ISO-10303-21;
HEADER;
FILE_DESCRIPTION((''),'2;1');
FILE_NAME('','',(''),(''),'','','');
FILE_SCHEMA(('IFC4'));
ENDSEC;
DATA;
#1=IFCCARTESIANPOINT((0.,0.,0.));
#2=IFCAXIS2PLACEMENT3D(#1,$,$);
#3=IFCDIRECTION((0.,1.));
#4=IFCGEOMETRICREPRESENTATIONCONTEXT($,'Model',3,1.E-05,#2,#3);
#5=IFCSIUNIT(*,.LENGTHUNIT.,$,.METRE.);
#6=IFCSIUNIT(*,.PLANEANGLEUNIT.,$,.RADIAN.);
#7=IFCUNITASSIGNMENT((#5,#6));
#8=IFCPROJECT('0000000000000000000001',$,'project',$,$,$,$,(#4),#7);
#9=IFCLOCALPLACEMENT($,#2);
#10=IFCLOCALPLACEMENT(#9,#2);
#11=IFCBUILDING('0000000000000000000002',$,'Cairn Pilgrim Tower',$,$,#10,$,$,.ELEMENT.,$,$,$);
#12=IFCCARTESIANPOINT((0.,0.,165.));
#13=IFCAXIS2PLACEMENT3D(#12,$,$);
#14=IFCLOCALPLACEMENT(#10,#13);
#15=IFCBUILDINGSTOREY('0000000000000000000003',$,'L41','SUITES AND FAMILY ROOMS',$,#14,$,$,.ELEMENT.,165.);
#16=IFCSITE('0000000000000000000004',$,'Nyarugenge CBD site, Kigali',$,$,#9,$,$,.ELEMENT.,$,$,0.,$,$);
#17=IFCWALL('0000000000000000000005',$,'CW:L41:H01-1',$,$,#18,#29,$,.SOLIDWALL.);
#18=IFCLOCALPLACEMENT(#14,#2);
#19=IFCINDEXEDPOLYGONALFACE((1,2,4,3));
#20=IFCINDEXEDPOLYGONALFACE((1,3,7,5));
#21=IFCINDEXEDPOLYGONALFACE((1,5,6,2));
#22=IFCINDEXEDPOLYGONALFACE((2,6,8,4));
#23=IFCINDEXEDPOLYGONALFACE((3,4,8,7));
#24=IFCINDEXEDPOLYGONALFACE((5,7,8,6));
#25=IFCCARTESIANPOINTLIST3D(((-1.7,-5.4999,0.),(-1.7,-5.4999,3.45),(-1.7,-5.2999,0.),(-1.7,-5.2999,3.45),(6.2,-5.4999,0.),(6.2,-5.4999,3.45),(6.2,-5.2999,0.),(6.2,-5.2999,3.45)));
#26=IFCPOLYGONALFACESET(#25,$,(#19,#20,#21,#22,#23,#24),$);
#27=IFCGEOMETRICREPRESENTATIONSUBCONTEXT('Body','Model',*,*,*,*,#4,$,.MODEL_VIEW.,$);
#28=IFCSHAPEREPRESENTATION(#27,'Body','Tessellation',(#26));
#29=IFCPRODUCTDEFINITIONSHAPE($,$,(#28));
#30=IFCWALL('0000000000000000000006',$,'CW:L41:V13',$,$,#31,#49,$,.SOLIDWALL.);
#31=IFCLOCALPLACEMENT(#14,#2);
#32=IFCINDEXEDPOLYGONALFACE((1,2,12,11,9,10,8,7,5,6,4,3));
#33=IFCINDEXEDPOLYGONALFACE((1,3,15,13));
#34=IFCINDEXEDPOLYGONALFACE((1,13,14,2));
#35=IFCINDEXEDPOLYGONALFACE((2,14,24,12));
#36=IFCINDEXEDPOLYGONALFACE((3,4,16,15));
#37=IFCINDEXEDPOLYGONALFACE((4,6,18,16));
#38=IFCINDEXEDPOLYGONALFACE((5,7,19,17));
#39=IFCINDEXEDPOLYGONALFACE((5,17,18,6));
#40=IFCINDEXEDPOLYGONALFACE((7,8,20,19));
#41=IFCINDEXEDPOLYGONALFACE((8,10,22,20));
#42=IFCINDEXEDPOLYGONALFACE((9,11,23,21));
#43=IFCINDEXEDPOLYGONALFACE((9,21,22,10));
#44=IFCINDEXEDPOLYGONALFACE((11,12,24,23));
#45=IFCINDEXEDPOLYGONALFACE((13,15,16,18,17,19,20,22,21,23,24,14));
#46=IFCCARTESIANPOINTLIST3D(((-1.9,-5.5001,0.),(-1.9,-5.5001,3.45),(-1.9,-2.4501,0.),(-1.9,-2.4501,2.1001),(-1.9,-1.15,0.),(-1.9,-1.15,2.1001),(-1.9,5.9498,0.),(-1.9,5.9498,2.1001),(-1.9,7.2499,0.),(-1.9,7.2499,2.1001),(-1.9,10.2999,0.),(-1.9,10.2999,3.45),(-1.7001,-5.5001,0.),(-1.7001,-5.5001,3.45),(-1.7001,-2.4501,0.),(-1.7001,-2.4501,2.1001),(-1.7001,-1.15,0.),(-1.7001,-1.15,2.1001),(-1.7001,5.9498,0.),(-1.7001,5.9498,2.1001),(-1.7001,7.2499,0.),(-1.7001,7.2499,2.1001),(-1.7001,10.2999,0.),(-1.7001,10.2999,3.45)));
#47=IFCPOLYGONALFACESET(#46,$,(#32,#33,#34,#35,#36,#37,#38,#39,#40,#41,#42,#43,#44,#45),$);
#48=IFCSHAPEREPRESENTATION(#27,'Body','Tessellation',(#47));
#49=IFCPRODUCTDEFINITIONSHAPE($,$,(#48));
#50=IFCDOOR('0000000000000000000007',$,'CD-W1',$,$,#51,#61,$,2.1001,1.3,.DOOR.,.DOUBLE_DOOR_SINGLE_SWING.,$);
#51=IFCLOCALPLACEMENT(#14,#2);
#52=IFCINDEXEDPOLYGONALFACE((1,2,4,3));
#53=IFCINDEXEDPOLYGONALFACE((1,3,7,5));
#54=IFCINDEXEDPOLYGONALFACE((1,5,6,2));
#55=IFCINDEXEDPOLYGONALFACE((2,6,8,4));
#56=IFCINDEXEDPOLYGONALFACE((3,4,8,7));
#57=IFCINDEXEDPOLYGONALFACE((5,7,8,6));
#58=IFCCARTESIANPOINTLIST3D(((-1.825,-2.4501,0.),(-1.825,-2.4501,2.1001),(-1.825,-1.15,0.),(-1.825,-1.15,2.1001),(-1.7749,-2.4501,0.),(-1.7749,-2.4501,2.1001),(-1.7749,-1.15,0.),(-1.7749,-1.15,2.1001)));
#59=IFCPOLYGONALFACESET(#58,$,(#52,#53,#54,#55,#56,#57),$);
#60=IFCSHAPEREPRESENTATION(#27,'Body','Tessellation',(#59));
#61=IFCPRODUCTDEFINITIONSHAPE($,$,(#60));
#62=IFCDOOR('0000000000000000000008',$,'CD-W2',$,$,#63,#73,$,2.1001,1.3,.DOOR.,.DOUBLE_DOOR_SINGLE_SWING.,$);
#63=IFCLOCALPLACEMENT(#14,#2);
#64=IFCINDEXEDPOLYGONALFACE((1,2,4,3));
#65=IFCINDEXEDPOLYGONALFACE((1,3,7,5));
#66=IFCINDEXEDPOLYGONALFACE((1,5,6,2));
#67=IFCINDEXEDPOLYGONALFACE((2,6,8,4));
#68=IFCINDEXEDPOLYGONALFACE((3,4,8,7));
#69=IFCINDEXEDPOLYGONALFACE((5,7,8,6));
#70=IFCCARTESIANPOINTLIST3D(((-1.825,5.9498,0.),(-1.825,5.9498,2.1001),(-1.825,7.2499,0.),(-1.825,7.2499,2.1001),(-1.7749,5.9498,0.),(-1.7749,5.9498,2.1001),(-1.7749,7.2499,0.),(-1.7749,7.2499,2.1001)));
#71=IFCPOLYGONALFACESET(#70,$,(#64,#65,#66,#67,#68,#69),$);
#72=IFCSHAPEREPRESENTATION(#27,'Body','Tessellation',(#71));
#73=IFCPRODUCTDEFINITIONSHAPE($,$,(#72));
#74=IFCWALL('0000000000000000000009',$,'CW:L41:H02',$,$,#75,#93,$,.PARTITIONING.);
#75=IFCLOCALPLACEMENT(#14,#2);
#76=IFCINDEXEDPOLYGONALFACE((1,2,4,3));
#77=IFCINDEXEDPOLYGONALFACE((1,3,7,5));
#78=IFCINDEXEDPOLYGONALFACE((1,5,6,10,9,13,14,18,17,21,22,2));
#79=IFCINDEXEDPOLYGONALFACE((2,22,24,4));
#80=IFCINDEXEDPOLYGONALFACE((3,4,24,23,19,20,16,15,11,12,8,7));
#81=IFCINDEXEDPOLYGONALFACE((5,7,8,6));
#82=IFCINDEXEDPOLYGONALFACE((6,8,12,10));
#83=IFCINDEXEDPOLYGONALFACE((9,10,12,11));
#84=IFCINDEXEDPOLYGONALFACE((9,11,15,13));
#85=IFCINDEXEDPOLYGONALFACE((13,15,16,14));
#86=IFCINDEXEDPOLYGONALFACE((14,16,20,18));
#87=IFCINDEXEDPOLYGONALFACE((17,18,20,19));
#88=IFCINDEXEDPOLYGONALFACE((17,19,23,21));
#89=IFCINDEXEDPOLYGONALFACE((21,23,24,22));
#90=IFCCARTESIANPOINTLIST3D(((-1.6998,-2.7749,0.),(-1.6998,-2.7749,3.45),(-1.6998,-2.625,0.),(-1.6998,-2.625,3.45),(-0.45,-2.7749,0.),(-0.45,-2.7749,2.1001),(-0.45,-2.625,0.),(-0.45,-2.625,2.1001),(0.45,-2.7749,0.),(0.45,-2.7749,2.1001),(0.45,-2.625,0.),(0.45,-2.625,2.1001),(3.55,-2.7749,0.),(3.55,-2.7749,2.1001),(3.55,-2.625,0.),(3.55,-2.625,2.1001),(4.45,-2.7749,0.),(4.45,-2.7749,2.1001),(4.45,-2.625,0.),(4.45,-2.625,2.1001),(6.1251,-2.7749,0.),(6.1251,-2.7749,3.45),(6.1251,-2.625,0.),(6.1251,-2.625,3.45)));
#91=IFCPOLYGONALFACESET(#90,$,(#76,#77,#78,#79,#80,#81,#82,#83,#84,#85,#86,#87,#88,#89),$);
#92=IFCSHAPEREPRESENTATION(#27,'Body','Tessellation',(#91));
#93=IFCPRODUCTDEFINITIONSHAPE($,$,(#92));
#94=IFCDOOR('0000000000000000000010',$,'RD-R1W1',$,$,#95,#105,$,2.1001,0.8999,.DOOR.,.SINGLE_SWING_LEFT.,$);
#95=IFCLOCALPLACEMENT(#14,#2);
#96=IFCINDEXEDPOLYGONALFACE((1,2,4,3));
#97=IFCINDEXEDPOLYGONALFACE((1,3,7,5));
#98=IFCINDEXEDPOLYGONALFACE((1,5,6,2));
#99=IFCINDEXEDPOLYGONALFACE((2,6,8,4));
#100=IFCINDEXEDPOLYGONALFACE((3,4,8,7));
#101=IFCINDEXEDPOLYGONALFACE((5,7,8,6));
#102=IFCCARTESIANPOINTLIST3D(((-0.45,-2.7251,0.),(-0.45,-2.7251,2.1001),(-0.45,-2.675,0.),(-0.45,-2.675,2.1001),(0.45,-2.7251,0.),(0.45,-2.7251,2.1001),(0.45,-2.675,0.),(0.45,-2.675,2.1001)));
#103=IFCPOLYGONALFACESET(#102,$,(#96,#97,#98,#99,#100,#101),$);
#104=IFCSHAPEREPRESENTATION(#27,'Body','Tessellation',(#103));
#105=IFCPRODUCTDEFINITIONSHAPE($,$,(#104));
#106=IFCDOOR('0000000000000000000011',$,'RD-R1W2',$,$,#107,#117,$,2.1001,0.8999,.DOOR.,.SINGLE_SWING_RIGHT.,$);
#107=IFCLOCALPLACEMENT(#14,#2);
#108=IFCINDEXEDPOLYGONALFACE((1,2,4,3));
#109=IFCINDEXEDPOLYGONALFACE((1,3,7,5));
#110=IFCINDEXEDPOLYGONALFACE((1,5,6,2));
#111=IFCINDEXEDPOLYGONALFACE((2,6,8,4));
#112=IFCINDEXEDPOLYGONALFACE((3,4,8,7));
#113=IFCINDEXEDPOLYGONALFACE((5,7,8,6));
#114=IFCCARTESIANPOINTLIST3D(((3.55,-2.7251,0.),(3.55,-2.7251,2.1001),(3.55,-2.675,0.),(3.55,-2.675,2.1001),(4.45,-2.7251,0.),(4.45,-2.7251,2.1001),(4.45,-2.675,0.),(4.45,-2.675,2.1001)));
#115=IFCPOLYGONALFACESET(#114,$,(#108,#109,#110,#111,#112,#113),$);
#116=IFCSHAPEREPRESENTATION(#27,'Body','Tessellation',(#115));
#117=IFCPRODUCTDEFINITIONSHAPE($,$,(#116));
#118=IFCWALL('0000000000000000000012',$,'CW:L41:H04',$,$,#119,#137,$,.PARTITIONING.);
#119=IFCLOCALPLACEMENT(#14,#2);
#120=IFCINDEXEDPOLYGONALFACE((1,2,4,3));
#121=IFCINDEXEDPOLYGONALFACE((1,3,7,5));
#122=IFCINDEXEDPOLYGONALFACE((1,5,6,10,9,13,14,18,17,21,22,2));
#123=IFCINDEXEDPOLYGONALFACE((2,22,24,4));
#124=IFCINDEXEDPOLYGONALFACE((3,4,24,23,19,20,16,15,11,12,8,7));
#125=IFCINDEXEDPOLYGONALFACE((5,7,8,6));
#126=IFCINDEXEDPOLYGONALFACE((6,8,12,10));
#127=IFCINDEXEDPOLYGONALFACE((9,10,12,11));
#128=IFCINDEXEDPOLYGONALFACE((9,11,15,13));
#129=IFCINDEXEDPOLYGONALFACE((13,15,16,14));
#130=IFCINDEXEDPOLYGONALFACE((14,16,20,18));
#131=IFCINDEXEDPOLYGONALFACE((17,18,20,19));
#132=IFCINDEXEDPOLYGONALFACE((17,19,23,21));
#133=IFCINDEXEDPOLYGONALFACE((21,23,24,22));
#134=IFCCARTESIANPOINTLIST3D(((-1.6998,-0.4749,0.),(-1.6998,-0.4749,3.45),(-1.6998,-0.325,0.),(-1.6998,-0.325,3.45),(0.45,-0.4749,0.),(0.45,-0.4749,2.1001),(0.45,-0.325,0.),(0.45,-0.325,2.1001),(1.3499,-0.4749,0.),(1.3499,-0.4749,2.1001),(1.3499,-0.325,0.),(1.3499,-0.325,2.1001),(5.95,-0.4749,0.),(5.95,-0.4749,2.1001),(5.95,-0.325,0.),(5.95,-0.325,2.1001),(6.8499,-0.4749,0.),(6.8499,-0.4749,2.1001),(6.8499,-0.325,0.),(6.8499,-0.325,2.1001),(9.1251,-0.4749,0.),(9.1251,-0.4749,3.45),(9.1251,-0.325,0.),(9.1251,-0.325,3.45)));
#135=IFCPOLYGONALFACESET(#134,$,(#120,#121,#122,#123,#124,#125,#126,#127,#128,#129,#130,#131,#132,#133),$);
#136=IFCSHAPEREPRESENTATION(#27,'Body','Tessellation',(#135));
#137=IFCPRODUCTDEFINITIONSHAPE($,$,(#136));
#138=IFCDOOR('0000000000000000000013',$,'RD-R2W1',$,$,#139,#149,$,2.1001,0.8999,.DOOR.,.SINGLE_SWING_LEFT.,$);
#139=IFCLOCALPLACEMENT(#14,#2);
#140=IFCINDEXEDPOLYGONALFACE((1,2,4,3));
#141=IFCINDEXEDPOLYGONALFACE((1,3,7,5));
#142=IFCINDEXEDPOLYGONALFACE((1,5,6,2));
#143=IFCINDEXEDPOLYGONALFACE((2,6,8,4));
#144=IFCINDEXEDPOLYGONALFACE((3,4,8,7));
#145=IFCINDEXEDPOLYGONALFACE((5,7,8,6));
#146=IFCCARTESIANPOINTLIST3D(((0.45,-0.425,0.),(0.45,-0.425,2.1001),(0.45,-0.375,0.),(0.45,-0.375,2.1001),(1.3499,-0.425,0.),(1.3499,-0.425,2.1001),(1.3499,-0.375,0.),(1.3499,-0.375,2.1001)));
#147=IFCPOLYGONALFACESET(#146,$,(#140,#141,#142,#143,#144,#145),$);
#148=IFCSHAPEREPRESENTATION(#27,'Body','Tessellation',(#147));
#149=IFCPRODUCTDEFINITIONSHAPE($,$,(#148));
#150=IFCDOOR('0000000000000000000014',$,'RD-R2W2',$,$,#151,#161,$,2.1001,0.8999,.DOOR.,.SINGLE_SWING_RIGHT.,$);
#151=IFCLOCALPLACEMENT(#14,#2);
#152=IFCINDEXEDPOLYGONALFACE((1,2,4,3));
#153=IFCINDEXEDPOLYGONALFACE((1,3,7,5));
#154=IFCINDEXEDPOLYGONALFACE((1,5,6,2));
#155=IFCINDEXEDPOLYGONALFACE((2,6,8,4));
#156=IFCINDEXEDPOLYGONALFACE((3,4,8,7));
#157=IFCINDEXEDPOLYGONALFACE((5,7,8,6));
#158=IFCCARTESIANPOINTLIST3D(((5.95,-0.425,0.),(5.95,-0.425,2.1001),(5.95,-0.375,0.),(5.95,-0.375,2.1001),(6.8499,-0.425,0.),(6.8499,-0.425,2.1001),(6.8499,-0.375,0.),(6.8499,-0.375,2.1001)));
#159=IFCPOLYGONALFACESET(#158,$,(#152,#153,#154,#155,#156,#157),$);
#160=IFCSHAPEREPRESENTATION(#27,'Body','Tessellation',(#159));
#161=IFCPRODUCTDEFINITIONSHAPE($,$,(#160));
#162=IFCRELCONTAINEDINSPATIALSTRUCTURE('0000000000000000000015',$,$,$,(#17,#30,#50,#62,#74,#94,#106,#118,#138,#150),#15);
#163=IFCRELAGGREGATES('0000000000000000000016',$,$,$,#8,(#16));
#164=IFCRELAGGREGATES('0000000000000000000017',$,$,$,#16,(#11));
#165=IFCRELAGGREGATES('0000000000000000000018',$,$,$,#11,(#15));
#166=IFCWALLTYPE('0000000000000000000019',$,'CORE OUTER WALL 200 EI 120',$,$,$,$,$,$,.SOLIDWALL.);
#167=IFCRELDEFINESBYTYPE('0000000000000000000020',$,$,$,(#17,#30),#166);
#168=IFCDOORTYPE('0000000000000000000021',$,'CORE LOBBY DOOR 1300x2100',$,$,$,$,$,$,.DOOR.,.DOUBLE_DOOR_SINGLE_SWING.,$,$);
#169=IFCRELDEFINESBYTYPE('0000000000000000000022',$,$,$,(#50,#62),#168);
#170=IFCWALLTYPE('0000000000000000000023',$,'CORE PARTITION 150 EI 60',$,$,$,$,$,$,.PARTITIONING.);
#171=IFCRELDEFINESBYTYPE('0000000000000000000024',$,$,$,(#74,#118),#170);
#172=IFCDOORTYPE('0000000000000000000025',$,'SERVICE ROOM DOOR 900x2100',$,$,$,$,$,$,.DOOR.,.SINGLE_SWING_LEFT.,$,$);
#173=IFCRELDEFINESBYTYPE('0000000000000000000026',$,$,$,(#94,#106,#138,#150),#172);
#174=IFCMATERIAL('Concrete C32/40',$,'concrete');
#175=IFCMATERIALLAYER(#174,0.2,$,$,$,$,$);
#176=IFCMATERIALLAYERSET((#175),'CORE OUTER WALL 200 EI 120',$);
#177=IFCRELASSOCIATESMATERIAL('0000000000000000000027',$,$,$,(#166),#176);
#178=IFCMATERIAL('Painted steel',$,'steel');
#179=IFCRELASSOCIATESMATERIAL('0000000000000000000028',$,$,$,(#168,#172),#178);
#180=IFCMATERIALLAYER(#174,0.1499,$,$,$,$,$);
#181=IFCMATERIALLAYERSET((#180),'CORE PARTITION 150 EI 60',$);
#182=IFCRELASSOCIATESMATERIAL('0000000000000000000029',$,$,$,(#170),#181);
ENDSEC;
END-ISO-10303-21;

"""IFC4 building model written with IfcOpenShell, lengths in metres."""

from ifc_helpers import new_model, si_unit, direction, frame, frame_2d, origin, place, context, subcontext, project, spatial, rectangle, extrude, material, layer, layer_set, type_object, element, fill, save


model = new_model("IFC4")

# Units and contexts
model_context = context("Model", 3, precision=1e-05, world=origin(), true_north=direction((0.0, 1.0)))
body_context = subcontext(model_context, "Body", "Model", "MODEL_VIEW")
ifc_project = project(units=[si_unit("LENGTHUNIT", "METRE"), si_unit("PLANEANGLEUNIT", "RADIAN")], contexts=[model_context])

# Site, building, storey
site_placement = place(None, origin())
site = spatial("IfcSite", under=ifc_project, at=site_placement, Name="Nyarugenge CBD site, Kigali", CompositionType="ELEMENT", RefElevation=0.0)
building_placement = place(site_placement, origin())
building = spatial("IfcBuilding", under=site, at=building_placement, Name="Cairn Pilgrim Tower", CompositionType="ELEMENT")
storey_placement = place(building_placement, frame((0.0, 0.0, 165.0)))
storey = spatial("IfcBuildingStorey", under=building, at=storey_placement, Name="L41", Description="SUITES AND FAMILY ROOMS", CompositionType="ELEMENT", Elevation=165.0)

# Shared definitions
ifc_material_1 = material(Name="Concrete C32/40", Category="concrete")

# Wall
ifc_layer_1 = layer(ifc_material_1, 0.2)
ifc_layer_set_1 = layer_set([ifc_layer_1], Name="CORE OUTER WALL 200 EI 120")
wall_type_1 = type_object("IfcWallType", Name="CORE OUTER WALL 200 EI 120", PredefinedType="SOLIDWALL", material=ifc_layer_set_1)
wall_1_placement = place(storey_placement, frame((-1.7, -5.3999, 0.0), z_axis=(0.0, 0.0, 1.0), x_axis=(1.0, 0.0, 0.0)))
element("IfcWall", 1, at=wall_1_placement, inside=storey, type_object=wall_type_1, Name="CW:L41:H01-1", PredefinedType="SOLIDWALL", context=body_context, shape_type="SweptSolid", body=[
    extrude(rectangle(XDim=7.8999, YDim=0.2, at=frame_2d((3.95, 0.0))), origin(), (0.0, 0.0, 1.0), 3.45),
])

# Walls, openings, doors
wall_2_placement = place(storey_placement, frame((-1.8, -5.5, 0.0), z_axis=(0.0, 0.0, 1.0), x_axis=(0.0, 1.0, 0.0)))
wall_2 = element("IfcWall", 2, at=wall_2_placement, inside=storey, type_object=wall_type_1, Name="CW:L41:V13", PredefinedType="SOLIDWALL", context=body_context, shape_type="SweptSolid", body=[
    extrude(rectangle(XDim=15.8, YDim=0.2, at=frame_2d((7.8999, 0.0))), origin(), (0.0, 0.0, 1.0), 3.45),
])
opening_1_placement = place(wall_2_placement, frame((3.05, 0.0, 0.0)))
opening_1 = element("IfcOpeningElement", 3, at=opening_1_placement, cuts=wall_2, PredefinedType="OPENING", context=body_context, shape_type="SweptSolid", body=[
    extrude(rectangle(XDim=1.3, YDim=2.1001, at=frame_2d((0.6499, 1.05))), frame((0.0, 0.1099, 0.0), z_axis=(0.0, -1.0, 0.0), x_axis=(1.0, 0.0, 0.0)), (0.0, 0.0, 1.0), 0.22),
])
opening_2_placement = place(wall_2_placement, frame((11.45, 0.0, 0.0)))
opening_2 = element("IfcOpeningElement", 4, at=opening_2_placement, cuts=wall_2, PredefinedType="OPENING", context=body_context, shape_type="SweptSolid", body=[
    extrude(rectangle(XDim=1.3, YDim=2.1001, at=frame_2d((0.6499, 1.05))), frame((0.0, 0.1099, 0.0), z_axis=(0.0, -1.0, 0.0), x_axis=(1.0, 0.0, 0.0)), (0.0, 0.0, 1.0), 0.22),
])
ifc_material_2 = material(Name="Painted steel", Category="steel")
door_type_1 = type_object("IfcDoorType", Name="CORE LOBBY DOOR 1300x2100", OperationType="DOUBLE_DOOR_SINGLE_SWING", PredefinedType="DOOR", material=ifc_material_2)
door_1_placement = place(opening_1_placement, origin())
door_1 = element("IfcDoor", 5, at=door_1_placement, inside=storey, type_object=door_type_1, Name="CD-W1", OperationType="DOUBLE_DOOR_SINGLE_SWING", OverallHeight=2.1001, OverallWidth=1.3, PredefinedType="DOOR", context=body_context, shape_type="SweptSolid", body=[
    extrude(rectangle(XDim=1.3, YDim=2.1001, at=frame_2d((0.6499, 1.05))), frame((0.0, 0.0249, 0.0), z_axis=(0.0, -1.0, 0.0), x_axis=(1.0, 0.0, 0.0)), (0.0, 0.0, 1.0), 0.05),
])
fill(opening_1, door_1)
door_2_placement = place(opening_2_placement, origin())
door_2 = element("IfcDoor", 6, at=door_2_placement, inside=storey, type_object=door_type_1, Name="CD-W2", OperationType="DOUBLE_DOOR_SINGLE_SWING", OverallHeight=2.1001, OverallWidth=1.3, PredefinedType="DOOR", context=body_context, shape_type="SweptSolid", body=[
    extrude(rectangle(XDim=1.3, YDim=2.1001, at=frame_2d((0.6499, 1.05))), frame((0.0, 0.0249, 0.0), z_axis=(0.0, -1.0, 0.0), x_axis=(1.0, 0.0, 0.0)), (0.0, 0.0, 1.0), 0.05),
])
fill(opening_2, door_2)
ifc_layer_2 = layer(ifc_material_1, 0.1499)
ifc_layer_set_2 = layer_set([ifc_layer_2], Name="CORE PARTITION 150 EI 60")
wall_type_2 = type_object("IfcWallType", Name="CORE PARTITION 150 EI 60", PredefinedType="PARTITIONING", material=ifc_layer_set_2)
wall_3_placement = place(storey_placement, frame((-1.7, -2.7, 0.0), z_axis=(0.0, 0.0, 1.0), x_axis=(1.0, 0.0, 0.0)))
wall_3 = element("IfcWall", 7, at=wall_3_placement, inside=storey, type_object=wall_type_2, Name="CW:L41:H02", PredefinedType="PARTITIONING", context=body_context, shape_type="SweptSolid", body=[
    extrude(rectangle(XDim=7.825, YDim=0.1499, at=frame_2d((3.9126, 0.0))), origin(), (0.0, 0.0, 1.0), 3.45),
])
opening_3_placement = place(wall_3_placement, frame((1.25, 0.0, 0.0)))
opening_3 = element("IfcOpeningElement", 8, at=opening_3_placement, cuts=wall_3, PredefinedType="OPENING", context=body_context, shape_type="SweptSolid", body=[
    extrude(rectangle(XDim=0.8999, YDim=2.1001, at=frame_2d((0.45, 1.05))), frame((0.0, 0.085, 0.0), z_axis=(0.0, -1.0, 0.0), x_axis=(1.0, 0.0, 0.0)), (0.0, 0.0, 1.0), 0.1699),
])
opening_4_placement = place(wall_3_placement, frame((5.25, 0.0, 0.0)))
opening_4 = element("IfcOpeningElement", 9, at=opening_4_placement, cuts=wall_3, PredefinedType="OPENING", context=body_context, shape_type="SweptSolid", body=[
    extrude(rectangle(XDim=0.8999, YDim=2.1001, at=frame_2d((0.45, 1.05))), frame((0.0, 0.085, 0.0), z_axis=(0.0, -1.0, 0.0), x_axis=(1.0, 0.0, 0.0)), (0.0, 0.0, 1.0), 0.1699),
])
door_type_2 = type_object("IfcDoorType", Name="SERVICE ROOM DOOR 900x2100", OperationType="SINGLE_SWING_LEFT", PredefinedType="DOOR", material=ifc_material_2)
door_3_placement = place(opening_3_placement, origin())
door_3 = element("IfcDoor", 10, at=door_3_placement, inside=storey, type_object=door_type_2, Name="RD-R1W1", OperationType="SINGLE_SWING_LEFT", OverallHeight=2.1001, OverallWidth=0.8999, PredefinedType="DOOR", context=body_context, shape_type="SweptSolid", body=[
    extrude(rectangle(XDim=0.8999, YDim=2.1001, at=frame_2d((0.45, 1.05))), frame((0.0, 0.0249, 0.0), z_axis=(0.0, -1.0, 0.0), x_axis=(1.0, 0.0, 0.0)), (0.0, 0.0, 1.0), 0.05),
])
fill(opening_3, door_3)
door_4_placement = place(opening_4_placement, origin())
door_4 = element("IfcDoor", 11, at=door_4_placement, inside=storey, type_object=door_type_2, Name="RD-R1W2", OperationType="SINGLE_SWING_RIGHT", OverallHeight=2.1001, OverallWidth=0.8999, PredefinedType="DOOR", context=body_context, shape_type="SweptSolid", body=[
    extrude(rectangle(XDim=0.8999, YDim=2.1001, at=frame_2d((0.45, 1.05))), frame((0.0, 0.0249, 0.0), z_axis=(0.0, -1.0, 0.0), x_axis=(1.0, 0.0, 0.0)), (0.0, 0.0, 1.0), 0.05),
])
fill(opening_4, door_4)
wall_4_placement = place(storey_placement, frame((-1.7, -0.3999, 0.0), z_axis=(0.0, 0.0, 1.0), x_axis=(1.0, 0.0, 0.0)))
wall_4 = element("IfcWall", 12, at=wall_4_placement, inside=storey, type_object=wall_type_2, Name="CW:L41:H04", PredefinedType="PARTITIONING", context=body_context, shape_type="SweptSolid", body=[
    extrude(rectangle(XDim=10.825, YDim=0.1499, at=frame_2d((5.4126, 0.0))), origin(), (0.0, 0.0, 1.0), 3.45),
])
opening_5_placement = place(wall_4_placement, frame((2.1499, 0.0, 0.0)))
opening_5 = element("IfcOpeningElement", 13, at=opening_5_placement, cuts=wall_4, PredefinedType="OPENING", context=body_context, shape_type="SweptSolid", body=[
    extrude(rectangle(XDim=0.8999, YDim=2.1001, at=frame_2d((0.45, 1.05))), frame((0.0, 0.085, 0.0), z_axis=(0.0, -1.0, 0.0), x_axis=(1.0, 0.0, 0.0)), (0.0, 0.0, 1.0), 0.1699),
])
opening_6_placement = place(wall_4_placement, frame((7.6499, 0.0, 0.0)))
opening_6 = element("IfcOpeningElement", 14, at=opening_6_placement, cuts=wall_4, PredefinedType="OPENING", context=body_context, shape_type="SweptSolid", body=[
    extrude(rectangle(XDim=0.8999, YDim=2.1001, at=frame_2d((0.45, 1.05))), frame((0.0, 0.085, 0.0), z_axis=(0.0, -1.0, 0.0), x_axis=(1.0, 0.0, 0.0)), (0.0, 0.0, 1.0), 0.1699),
])
door_5_placement = place(opening_5_placement, origin())
door_5 = element("IfcDoor", 15, at=door_5_placement, inside=storey, type_object=door_type_2, Name="RD-R2W1", OperationType="SINGLE_SWING_LEFT", OverallHeight=2.1001, OverallWidth=0.8999, PredefinedType="DOOR", context=body_context, shape_type="SweptSolid", body=[
    extrude(rectangle(XDim=0.8999, YDim=2.1001, at=frame_2d((0.45, 1.05))), frame((0.0, 0.0249, 0.0), z_axis=(0.0, -1.0, 0.0), x_axis=(1.0, 0.0, 0.0)), (0.0, 0.0, 1.0), 0.05),
])
fill(opening_5, door_5)
door_6_placement = place(opening_6_placement, origin())
door_6 = element("IfcDoor", 16, at=door_6_placement, inside=storey, type_object=door_type_2, Name="RD-R2W2", OperationType="SINGLE_SWING_RIGHT", OverallHeight=2.1001, OverallWidth=0.8999, PredefinedType="DOOR", context=body_context, shape_type="SweptSolid", body=[
    extrude(rectangle(XDim=0.8999, YDim=2.1001, at=frame_2d((0.45, 1.05))), frame((0.0, 0.0249, 0.0), z_axis=(0.0, -1.0, 0.0), x_axis=(1.0, 0.0, 0.0)), (0.0, 0.0, 1.0), 0.05),
])
fill(opening_6, door_6)

save(model, "model.ifc")
